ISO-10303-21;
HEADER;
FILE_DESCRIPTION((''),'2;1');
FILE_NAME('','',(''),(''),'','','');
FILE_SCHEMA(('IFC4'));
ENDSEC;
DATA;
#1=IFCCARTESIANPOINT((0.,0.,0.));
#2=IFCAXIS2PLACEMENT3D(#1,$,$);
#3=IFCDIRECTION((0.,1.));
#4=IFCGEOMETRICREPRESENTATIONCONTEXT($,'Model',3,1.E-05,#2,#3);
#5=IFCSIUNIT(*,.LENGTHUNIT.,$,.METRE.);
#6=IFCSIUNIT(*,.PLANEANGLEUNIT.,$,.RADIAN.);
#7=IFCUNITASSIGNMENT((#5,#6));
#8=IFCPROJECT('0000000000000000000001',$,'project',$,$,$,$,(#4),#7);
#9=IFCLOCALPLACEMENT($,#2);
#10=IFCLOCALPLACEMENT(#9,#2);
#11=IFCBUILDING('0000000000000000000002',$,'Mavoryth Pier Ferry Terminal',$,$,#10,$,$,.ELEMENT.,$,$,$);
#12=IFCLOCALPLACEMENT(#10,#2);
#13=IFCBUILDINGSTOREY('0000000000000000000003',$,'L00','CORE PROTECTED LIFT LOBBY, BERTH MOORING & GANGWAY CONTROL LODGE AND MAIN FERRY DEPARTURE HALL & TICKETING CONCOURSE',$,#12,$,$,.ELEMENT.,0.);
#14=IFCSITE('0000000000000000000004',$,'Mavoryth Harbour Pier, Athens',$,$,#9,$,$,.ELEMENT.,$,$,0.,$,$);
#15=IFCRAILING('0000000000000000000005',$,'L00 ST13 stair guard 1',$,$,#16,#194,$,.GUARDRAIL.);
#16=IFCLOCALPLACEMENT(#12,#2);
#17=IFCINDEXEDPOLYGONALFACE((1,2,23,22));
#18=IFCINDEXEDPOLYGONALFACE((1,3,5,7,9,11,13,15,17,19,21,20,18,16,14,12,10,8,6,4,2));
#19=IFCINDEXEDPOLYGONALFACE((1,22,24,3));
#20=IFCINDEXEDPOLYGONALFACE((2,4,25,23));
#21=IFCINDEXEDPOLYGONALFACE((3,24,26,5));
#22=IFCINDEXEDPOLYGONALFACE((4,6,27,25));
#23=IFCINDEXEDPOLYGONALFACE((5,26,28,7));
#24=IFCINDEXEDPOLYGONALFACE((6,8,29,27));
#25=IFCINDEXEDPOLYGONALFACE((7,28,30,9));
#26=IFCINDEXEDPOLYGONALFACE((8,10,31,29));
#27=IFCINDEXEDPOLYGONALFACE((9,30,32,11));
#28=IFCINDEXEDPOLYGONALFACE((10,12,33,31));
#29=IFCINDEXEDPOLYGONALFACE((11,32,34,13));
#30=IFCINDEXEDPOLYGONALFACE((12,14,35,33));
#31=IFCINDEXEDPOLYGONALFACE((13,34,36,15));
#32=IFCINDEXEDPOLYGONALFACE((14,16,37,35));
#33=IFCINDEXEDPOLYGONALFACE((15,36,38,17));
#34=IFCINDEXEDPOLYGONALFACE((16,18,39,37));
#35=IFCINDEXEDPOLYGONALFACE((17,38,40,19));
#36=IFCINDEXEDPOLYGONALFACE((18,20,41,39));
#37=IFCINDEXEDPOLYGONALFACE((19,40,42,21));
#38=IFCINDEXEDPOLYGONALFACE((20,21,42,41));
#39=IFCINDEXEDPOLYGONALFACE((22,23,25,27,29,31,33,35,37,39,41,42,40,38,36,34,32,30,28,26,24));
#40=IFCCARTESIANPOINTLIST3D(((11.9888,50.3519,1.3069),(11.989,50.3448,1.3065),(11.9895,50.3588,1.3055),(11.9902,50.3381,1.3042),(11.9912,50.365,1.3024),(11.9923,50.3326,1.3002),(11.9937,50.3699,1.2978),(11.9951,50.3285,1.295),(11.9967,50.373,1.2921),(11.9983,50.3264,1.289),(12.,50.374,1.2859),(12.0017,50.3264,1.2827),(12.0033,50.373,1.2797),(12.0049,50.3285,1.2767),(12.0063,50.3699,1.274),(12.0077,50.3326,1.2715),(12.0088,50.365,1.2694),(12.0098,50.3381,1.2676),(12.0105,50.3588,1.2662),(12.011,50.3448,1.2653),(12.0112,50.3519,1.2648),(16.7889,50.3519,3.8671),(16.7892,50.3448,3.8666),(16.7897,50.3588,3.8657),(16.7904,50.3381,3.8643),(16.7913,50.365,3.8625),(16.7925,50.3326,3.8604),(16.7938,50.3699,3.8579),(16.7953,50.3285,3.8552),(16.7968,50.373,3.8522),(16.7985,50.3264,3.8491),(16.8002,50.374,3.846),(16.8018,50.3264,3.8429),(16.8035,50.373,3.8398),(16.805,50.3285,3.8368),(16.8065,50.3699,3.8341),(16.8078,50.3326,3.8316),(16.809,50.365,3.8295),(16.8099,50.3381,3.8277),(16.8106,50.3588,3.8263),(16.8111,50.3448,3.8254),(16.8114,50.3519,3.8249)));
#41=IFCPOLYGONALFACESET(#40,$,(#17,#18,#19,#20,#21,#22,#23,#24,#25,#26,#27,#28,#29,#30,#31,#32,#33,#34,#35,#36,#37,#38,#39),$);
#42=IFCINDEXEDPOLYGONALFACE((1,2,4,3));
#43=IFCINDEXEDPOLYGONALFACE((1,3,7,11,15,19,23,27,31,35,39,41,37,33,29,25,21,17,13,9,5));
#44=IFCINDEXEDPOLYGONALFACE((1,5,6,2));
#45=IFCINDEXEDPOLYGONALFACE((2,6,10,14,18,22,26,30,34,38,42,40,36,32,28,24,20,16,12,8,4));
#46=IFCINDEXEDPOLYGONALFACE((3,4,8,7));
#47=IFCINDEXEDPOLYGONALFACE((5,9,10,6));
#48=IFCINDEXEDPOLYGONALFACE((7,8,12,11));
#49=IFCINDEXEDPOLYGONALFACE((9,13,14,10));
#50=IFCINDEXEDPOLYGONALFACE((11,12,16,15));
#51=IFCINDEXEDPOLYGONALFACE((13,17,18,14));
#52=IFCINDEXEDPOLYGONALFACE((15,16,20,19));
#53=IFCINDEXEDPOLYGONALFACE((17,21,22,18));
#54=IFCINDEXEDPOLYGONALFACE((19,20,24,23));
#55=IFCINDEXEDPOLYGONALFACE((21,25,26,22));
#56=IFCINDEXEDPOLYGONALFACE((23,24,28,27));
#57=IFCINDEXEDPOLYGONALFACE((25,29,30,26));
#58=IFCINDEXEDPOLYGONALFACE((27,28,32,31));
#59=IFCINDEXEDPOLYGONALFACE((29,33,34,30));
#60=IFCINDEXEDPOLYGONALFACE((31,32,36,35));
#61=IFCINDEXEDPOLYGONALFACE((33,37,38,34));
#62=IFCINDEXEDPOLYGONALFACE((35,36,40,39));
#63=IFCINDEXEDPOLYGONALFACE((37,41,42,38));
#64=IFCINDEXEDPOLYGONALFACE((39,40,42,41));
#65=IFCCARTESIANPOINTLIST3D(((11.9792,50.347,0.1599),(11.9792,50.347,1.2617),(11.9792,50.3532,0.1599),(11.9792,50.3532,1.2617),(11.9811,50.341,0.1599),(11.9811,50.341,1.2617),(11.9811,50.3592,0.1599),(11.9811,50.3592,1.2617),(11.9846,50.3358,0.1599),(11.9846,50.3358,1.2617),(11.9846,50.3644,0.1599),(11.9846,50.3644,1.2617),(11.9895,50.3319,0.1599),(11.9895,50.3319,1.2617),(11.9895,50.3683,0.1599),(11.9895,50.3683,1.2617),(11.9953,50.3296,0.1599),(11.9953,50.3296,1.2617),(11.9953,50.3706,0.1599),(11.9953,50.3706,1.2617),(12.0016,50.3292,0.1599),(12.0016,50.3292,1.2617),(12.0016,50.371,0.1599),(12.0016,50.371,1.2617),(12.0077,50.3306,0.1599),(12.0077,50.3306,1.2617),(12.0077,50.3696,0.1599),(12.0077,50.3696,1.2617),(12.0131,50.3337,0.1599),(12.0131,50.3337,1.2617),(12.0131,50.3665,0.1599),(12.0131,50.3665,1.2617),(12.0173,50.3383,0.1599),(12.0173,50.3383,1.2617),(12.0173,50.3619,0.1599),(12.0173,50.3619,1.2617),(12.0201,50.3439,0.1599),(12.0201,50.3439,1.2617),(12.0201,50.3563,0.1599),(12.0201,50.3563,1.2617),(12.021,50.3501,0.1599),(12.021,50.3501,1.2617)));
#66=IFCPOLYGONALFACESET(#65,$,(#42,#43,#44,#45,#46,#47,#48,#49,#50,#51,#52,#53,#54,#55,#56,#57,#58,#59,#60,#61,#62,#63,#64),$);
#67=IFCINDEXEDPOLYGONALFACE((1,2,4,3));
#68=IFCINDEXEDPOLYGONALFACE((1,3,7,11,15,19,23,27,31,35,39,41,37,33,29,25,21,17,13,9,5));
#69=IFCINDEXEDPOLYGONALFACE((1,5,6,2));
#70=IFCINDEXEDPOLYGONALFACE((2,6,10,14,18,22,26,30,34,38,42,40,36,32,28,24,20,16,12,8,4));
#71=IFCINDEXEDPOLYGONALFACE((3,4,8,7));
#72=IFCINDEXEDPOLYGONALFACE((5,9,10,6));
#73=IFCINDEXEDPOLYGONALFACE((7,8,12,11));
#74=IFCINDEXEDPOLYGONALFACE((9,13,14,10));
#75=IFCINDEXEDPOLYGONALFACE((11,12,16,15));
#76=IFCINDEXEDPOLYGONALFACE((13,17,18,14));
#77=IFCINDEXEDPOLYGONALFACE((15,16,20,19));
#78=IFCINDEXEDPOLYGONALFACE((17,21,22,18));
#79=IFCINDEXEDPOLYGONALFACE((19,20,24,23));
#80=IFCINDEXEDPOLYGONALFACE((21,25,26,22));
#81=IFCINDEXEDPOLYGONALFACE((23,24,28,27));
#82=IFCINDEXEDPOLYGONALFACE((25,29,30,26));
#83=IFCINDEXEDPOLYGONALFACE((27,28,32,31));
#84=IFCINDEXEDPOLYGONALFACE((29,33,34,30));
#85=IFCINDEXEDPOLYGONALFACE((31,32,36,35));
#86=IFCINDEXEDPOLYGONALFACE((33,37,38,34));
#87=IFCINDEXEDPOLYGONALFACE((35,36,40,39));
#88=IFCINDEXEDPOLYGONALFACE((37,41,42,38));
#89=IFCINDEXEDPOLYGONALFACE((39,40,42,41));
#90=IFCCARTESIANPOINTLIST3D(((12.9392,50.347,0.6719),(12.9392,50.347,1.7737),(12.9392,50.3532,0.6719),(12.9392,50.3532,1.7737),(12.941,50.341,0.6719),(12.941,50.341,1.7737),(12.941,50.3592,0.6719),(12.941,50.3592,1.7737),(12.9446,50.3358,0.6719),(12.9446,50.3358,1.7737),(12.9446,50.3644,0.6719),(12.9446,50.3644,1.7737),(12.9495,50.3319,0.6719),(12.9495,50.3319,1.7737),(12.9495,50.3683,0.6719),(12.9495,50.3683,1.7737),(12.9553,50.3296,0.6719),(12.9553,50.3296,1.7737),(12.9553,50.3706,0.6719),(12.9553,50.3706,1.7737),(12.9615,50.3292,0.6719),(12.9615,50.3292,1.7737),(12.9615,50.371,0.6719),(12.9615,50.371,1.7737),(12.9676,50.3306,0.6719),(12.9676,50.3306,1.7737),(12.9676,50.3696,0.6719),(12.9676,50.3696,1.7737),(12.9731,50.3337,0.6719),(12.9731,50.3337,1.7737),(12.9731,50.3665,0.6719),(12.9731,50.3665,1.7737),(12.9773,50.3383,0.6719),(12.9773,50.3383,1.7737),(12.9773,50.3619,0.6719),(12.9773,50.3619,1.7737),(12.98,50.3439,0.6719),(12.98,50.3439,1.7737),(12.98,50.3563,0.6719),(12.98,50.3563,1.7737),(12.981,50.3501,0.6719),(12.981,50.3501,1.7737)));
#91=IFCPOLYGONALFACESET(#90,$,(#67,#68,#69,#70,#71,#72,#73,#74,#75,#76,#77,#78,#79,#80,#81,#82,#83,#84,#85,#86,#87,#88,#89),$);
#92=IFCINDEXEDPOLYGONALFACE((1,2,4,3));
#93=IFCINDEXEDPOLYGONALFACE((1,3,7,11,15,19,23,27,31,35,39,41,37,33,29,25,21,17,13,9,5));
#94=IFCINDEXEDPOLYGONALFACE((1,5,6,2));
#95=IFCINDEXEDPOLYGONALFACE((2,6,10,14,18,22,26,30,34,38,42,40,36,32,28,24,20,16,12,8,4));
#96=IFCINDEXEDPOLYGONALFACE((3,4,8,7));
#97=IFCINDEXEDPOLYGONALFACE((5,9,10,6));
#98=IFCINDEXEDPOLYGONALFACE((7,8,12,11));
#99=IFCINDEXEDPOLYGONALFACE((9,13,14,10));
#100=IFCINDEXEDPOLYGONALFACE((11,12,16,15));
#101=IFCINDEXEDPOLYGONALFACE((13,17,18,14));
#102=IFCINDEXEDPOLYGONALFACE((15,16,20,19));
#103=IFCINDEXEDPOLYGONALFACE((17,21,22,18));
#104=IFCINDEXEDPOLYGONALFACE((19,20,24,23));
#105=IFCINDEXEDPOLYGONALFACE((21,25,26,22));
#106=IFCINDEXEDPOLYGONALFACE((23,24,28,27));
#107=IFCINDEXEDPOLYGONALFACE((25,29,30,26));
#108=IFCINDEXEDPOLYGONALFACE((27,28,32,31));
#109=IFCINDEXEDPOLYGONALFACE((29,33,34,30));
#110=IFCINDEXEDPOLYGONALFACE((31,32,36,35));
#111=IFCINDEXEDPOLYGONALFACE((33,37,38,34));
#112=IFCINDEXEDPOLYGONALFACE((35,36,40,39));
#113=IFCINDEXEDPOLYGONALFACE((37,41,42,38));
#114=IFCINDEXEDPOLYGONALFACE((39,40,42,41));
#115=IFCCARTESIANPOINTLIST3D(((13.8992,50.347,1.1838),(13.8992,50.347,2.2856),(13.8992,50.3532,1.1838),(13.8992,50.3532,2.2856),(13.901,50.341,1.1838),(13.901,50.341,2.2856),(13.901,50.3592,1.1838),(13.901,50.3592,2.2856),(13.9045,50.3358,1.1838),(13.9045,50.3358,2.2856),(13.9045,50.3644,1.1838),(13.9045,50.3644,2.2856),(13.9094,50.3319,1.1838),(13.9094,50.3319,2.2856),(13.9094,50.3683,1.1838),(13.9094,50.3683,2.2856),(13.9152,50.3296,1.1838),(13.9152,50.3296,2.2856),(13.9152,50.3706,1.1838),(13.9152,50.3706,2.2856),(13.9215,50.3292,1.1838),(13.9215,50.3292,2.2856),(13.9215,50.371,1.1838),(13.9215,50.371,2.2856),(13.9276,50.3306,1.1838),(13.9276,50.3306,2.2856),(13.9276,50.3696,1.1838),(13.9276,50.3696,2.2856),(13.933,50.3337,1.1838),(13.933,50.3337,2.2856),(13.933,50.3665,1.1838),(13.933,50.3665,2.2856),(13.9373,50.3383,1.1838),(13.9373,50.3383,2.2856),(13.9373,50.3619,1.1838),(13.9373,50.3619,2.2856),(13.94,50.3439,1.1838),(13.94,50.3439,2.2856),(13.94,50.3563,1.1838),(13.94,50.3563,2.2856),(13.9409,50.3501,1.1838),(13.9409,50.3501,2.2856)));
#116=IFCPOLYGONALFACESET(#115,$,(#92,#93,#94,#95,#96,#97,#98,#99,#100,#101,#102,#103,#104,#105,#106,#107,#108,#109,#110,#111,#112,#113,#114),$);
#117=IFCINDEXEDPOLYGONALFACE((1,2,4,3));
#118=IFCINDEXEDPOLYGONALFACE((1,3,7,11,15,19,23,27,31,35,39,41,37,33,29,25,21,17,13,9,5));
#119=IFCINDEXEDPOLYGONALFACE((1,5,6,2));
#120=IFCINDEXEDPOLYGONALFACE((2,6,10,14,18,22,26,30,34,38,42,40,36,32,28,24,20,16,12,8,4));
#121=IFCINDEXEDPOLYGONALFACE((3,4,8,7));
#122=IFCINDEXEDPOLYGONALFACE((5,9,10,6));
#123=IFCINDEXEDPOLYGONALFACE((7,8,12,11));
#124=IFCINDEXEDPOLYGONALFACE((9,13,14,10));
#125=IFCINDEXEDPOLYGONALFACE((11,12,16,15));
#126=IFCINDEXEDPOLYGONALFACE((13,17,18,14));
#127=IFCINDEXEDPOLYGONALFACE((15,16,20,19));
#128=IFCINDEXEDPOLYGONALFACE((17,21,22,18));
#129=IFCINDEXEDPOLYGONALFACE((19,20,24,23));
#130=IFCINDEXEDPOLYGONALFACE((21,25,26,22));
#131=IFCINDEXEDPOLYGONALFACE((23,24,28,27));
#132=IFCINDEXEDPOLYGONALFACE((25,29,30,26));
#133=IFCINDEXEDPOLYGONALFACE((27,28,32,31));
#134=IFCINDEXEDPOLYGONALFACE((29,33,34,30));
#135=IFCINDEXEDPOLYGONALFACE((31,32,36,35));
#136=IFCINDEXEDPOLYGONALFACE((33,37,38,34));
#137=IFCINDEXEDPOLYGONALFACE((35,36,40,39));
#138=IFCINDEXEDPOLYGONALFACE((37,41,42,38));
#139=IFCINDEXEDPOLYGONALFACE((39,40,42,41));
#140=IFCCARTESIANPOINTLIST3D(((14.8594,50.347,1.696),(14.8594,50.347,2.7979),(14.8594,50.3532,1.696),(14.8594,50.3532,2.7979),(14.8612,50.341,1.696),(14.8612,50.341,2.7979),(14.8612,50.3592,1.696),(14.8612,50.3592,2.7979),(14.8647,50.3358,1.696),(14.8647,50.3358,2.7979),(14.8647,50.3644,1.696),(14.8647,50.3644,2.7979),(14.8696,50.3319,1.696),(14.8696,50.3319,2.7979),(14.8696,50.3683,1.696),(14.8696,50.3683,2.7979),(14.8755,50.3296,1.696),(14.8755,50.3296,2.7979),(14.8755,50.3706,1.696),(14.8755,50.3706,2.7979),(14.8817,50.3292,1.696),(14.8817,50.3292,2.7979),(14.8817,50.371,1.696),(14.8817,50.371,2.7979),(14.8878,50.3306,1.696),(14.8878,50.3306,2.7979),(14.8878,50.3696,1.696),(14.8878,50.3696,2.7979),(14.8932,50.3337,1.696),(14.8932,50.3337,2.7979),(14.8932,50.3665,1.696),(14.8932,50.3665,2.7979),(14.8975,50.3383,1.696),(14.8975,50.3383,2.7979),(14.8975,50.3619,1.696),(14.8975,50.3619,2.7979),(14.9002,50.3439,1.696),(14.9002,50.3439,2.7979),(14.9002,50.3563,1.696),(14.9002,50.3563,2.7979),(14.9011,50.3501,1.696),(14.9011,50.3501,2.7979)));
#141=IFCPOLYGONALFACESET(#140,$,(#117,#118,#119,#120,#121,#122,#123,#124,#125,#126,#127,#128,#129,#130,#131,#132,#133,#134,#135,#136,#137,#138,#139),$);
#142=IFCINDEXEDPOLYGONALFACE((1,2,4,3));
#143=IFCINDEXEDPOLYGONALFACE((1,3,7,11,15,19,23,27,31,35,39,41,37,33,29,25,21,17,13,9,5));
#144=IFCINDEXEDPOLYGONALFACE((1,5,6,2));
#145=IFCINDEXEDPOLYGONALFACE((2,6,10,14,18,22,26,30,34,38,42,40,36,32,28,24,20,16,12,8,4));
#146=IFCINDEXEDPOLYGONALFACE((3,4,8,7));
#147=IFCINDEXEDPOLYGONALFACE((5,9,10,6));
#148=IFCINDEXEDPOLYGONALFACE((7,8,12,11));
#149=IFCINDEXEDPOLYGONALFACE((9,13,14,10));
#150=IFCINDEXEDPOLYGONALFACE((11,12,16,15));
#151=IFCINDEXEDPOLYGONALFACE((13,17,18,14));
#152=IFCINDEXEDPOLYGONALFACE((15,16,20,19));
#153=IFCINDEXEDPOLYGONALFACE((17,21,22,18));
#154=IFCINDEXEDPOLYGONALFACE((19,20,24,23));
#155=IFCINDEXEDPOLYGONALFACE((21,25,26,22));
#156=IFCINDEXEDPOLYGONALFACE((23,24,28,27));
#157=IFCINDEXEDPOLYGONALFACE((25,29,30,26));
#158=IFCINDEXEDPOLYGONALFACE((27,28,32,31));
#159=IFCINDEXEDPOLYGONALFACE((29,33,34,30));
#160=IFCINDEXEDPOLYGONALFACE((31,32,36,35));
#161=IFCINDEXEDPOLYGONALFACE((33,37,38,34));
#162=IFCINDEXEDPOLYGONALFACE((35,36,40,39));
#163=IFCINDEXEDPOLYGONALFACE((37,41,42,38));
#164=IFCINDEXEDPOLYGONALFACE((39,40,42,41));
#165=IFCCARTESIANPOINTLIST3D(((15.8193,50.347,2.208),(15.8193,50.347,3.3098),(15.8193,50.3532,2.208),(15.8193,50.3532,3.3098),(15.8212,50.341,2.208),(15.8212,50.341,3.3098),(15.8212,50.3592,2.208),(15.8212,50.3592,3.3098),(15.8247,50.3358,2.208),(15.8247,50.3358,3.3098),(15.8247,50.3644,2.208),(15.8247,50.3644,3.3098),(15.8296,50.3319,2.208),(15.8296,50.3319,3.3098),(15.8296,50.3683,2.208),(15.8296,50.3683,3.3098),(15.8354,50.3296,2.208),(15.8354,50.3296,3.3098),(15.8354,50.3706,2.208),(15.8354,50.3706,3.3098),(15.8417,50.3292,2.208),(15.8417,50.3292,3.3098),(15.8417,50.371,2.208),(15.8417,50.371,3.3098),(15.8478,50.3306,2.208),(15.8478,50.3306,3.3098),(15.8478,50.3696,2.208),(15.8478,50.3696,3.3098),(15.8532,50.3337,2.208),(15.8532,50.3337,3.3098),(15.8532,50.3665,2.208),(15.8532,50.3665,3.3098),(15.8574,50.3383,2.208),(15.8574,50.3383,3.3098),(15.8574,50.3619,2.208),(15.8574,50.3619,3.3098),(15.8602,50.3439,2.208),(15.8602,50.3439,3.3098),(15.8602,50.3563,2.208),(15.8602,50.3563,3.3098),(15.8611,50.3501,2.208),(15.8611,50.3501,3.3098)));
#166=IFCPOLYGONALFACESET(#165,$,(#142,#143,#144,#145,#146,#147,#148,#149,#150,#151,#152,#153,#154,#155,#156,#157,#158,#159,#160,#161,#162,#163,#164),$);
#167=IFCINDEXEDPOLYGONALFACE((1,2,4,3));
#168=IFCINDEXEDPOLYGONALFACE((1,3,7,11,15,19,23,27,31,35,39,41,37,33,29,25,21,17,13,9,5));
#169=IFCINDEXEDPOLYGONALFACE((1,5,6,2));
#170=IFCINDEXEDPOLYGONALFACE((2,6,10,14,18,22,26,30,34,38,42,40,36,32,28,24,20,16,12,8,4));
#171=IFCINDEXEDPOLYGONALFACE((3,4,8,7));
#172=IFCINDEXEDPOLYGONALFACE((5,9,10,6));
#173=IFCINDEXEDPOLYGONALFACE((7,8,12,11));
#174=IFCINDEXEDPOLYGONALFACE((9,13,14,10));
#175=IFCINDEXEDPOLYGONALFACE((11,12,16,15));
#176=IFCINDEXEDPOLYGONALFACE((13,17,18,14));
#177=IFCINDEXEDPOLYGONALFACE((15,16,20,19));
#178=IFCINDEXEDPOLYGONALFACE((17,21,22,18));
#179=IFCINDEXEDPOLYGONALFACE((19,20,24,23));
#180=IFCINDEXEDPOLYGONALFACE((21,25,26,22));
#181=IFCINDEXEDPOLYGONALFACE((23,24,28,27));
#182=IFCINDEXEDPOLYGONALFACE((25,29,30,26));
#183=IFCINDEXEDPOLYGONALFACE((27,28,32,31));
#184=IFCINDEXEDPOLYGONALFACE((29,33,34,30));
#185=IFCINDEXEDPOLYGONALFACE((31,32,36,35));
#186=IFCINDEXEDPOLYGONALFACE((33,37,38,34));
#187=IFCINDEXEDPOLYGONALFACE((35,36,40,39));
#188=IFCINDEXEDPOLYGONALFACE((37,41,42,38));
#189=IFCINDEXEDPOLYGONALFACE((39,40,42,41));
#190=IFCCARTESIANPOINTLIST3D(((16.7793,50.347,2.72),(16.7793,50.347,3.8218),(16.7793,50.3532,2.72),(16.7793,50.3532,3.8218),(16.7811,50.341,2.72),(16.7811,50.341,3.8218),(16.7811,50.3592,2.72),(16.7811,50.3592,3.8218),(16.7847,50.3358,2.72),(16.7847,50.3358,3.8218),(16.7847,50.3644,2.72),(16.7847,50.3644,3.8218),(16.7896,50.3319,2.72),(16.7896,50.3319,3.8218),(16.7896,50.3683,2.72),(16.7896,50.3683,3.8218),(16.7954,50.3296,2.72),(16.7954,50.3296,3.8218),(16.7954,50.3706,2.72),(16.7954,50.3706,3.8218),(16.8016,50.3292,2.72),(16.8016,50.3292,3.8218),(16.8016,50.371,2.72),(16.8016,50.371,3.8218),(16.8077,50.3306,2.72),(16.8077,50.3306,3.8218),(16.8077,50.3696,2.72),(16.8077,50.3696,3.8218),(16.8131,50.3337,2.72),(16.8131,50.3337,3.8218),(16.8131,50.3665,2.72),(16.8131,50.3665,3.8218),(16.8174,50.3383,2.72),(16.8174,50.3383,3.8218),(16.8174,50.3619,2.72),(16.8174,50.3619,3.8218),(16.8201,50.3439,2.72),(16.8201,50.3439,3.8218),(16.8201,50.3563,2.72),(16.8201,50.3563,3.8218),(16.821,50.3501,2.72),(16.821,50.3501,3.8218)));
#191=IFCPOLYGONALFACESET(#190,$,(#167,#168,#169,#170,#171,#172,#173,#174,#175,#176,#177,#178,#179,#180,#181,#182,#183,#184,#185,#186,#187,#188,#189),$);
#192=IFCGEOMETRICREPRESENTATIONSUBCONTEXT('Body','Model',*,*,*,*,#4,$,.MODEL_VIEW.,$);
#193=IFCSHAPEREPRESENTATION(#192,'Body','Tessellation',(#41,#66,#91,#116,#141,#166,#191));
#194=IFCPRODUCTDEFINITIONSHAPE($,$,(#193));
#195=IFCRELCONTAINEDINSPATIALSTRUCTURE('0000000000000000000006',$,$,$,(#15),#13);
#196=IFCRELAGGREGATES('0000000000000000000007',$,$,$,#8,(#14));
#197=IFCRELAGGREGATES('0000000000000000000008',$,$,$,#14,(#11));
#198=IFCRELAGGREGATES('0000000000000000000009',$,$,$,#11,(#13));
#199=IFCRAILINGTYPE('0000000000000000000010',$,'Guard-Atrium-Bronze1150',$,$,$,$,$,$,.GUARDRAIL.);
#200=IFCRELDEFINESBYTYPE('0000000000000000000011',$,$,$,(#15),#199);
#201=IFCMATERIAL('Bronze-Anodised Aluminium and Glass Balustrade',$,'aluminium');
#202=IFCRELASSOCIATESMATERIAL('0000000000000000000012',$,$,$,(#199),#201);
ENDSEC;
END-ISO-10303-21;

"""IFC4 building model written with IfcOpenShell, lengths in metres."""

from ifc_helpers import new_model, si_unit, direction, frame, origin, origin_2d, place, context, subcontext, project, spatial, circle, extrude, material, type_object, element, save


model = new_model("IFC4")

# Units and contexts
model_context = context("Model", 3, precision=1e-05, world=origin(), true_north=direction((0.0, 1.0)))
body_context = subcontext(model_context, "Body", "Model", "MODEL_VIEW")
ifc_project = project(units=[si_unit("LENGTHUNIT", "METRE"), si_unit("PLANEANGLEUNIT", "RADIAN")], contexts=[model_context])

# Site, building, storey
site_placement = place(None, origin())
site = spatial("IfcSite", under=ifc_project, at=site_placement, Name="Mavoryth Harbour Pier, Athens", CompositionType="ELEMENT", RefElevation=0.0)
building_placement = place(site_placement, origin())
building = spatial("IfcBuilding", under=site, at=building_placement, Name="Mavoryth Pier Ferry Terminal", CompositionType="ELEMENT")
storey_placement = place(building_placement, origin())
storey = spatial("IfcBuildingStorey", under=building, at=storey_placement, Name="L00", Description="CORE PROTECTED LIFT LOBBY, BERTH MOORING & GANGWAY CONTROL LODGE AND MAIN FERRY DEPARTURE HALL & TICKETING CONCOURSE", CompositionType="ELEMENT", Elevation=0.0)

# Railing
ifc_material_1 = material(Name="Bronze-Anodised Aluminium and Glass Balustrade", Category="aluminium")
railing_type_1 = type_object("IfcRailingType", Name="Guard-Atrium-Bronze1150", PredefinedType="GUARDRAIL", material=ifc_material_1)
railing_1_placement = place(storey_placement, frame((12.0, 50.3501, 0.1599)))
element("IfcRailing", 1, at=railing_1_placement, inside=storey, type_object=railing_type_1, Name="L00 ST13 stair guard 1", PredefinedType="GUARDRAIL", context=body_context, shape_type="SweptSolid", body=[
    extrude(circle(Radius=0.0239, at=origin_2d()), frame((0.0, 0.0, 1.126), z_axis=(0.88235, 0.0, 0.470593), x_axis=(0.0, 1.0, 0.0)), (0.0, 0.0, 1.0), 5.4402),
    extrude(circle(Radius=0.021, at=origin_2d()), origin(), (0.0, 0.0, 1.0), 1.1018),
    extrude(circle(Radius=0.021, at=origin_2d()), frame((0.96, 0.0, 0.512)), (0.0, 0.0, 1.0), 1.1018),
    extrude(circle(Radius=0.021, at=origin_2d()), frame((1.9199, 0.0, 1.0239)), (0.0, 0.0, 1.0), 1.1018),
    extrude(circle(Radius=0.021, at=origin_2d()), frame((2.8801, 0.0, 1.5361)), (0.0, 0.0, 1.0), 1.1018),
    extrude(circle(Radius=0.021, at=origin_2d()), frame((3.8401, 0.0, 2.0481)), (0.0, 0.0, 1.0), 1.1018),
    extrude(circle(Radius=0.021, at=origin_2d()), frame((4.8, 0.0, 2.5601)), (0.0, 0.0, 1.0), 1.1018),
])

save(model, "model.ifc")
